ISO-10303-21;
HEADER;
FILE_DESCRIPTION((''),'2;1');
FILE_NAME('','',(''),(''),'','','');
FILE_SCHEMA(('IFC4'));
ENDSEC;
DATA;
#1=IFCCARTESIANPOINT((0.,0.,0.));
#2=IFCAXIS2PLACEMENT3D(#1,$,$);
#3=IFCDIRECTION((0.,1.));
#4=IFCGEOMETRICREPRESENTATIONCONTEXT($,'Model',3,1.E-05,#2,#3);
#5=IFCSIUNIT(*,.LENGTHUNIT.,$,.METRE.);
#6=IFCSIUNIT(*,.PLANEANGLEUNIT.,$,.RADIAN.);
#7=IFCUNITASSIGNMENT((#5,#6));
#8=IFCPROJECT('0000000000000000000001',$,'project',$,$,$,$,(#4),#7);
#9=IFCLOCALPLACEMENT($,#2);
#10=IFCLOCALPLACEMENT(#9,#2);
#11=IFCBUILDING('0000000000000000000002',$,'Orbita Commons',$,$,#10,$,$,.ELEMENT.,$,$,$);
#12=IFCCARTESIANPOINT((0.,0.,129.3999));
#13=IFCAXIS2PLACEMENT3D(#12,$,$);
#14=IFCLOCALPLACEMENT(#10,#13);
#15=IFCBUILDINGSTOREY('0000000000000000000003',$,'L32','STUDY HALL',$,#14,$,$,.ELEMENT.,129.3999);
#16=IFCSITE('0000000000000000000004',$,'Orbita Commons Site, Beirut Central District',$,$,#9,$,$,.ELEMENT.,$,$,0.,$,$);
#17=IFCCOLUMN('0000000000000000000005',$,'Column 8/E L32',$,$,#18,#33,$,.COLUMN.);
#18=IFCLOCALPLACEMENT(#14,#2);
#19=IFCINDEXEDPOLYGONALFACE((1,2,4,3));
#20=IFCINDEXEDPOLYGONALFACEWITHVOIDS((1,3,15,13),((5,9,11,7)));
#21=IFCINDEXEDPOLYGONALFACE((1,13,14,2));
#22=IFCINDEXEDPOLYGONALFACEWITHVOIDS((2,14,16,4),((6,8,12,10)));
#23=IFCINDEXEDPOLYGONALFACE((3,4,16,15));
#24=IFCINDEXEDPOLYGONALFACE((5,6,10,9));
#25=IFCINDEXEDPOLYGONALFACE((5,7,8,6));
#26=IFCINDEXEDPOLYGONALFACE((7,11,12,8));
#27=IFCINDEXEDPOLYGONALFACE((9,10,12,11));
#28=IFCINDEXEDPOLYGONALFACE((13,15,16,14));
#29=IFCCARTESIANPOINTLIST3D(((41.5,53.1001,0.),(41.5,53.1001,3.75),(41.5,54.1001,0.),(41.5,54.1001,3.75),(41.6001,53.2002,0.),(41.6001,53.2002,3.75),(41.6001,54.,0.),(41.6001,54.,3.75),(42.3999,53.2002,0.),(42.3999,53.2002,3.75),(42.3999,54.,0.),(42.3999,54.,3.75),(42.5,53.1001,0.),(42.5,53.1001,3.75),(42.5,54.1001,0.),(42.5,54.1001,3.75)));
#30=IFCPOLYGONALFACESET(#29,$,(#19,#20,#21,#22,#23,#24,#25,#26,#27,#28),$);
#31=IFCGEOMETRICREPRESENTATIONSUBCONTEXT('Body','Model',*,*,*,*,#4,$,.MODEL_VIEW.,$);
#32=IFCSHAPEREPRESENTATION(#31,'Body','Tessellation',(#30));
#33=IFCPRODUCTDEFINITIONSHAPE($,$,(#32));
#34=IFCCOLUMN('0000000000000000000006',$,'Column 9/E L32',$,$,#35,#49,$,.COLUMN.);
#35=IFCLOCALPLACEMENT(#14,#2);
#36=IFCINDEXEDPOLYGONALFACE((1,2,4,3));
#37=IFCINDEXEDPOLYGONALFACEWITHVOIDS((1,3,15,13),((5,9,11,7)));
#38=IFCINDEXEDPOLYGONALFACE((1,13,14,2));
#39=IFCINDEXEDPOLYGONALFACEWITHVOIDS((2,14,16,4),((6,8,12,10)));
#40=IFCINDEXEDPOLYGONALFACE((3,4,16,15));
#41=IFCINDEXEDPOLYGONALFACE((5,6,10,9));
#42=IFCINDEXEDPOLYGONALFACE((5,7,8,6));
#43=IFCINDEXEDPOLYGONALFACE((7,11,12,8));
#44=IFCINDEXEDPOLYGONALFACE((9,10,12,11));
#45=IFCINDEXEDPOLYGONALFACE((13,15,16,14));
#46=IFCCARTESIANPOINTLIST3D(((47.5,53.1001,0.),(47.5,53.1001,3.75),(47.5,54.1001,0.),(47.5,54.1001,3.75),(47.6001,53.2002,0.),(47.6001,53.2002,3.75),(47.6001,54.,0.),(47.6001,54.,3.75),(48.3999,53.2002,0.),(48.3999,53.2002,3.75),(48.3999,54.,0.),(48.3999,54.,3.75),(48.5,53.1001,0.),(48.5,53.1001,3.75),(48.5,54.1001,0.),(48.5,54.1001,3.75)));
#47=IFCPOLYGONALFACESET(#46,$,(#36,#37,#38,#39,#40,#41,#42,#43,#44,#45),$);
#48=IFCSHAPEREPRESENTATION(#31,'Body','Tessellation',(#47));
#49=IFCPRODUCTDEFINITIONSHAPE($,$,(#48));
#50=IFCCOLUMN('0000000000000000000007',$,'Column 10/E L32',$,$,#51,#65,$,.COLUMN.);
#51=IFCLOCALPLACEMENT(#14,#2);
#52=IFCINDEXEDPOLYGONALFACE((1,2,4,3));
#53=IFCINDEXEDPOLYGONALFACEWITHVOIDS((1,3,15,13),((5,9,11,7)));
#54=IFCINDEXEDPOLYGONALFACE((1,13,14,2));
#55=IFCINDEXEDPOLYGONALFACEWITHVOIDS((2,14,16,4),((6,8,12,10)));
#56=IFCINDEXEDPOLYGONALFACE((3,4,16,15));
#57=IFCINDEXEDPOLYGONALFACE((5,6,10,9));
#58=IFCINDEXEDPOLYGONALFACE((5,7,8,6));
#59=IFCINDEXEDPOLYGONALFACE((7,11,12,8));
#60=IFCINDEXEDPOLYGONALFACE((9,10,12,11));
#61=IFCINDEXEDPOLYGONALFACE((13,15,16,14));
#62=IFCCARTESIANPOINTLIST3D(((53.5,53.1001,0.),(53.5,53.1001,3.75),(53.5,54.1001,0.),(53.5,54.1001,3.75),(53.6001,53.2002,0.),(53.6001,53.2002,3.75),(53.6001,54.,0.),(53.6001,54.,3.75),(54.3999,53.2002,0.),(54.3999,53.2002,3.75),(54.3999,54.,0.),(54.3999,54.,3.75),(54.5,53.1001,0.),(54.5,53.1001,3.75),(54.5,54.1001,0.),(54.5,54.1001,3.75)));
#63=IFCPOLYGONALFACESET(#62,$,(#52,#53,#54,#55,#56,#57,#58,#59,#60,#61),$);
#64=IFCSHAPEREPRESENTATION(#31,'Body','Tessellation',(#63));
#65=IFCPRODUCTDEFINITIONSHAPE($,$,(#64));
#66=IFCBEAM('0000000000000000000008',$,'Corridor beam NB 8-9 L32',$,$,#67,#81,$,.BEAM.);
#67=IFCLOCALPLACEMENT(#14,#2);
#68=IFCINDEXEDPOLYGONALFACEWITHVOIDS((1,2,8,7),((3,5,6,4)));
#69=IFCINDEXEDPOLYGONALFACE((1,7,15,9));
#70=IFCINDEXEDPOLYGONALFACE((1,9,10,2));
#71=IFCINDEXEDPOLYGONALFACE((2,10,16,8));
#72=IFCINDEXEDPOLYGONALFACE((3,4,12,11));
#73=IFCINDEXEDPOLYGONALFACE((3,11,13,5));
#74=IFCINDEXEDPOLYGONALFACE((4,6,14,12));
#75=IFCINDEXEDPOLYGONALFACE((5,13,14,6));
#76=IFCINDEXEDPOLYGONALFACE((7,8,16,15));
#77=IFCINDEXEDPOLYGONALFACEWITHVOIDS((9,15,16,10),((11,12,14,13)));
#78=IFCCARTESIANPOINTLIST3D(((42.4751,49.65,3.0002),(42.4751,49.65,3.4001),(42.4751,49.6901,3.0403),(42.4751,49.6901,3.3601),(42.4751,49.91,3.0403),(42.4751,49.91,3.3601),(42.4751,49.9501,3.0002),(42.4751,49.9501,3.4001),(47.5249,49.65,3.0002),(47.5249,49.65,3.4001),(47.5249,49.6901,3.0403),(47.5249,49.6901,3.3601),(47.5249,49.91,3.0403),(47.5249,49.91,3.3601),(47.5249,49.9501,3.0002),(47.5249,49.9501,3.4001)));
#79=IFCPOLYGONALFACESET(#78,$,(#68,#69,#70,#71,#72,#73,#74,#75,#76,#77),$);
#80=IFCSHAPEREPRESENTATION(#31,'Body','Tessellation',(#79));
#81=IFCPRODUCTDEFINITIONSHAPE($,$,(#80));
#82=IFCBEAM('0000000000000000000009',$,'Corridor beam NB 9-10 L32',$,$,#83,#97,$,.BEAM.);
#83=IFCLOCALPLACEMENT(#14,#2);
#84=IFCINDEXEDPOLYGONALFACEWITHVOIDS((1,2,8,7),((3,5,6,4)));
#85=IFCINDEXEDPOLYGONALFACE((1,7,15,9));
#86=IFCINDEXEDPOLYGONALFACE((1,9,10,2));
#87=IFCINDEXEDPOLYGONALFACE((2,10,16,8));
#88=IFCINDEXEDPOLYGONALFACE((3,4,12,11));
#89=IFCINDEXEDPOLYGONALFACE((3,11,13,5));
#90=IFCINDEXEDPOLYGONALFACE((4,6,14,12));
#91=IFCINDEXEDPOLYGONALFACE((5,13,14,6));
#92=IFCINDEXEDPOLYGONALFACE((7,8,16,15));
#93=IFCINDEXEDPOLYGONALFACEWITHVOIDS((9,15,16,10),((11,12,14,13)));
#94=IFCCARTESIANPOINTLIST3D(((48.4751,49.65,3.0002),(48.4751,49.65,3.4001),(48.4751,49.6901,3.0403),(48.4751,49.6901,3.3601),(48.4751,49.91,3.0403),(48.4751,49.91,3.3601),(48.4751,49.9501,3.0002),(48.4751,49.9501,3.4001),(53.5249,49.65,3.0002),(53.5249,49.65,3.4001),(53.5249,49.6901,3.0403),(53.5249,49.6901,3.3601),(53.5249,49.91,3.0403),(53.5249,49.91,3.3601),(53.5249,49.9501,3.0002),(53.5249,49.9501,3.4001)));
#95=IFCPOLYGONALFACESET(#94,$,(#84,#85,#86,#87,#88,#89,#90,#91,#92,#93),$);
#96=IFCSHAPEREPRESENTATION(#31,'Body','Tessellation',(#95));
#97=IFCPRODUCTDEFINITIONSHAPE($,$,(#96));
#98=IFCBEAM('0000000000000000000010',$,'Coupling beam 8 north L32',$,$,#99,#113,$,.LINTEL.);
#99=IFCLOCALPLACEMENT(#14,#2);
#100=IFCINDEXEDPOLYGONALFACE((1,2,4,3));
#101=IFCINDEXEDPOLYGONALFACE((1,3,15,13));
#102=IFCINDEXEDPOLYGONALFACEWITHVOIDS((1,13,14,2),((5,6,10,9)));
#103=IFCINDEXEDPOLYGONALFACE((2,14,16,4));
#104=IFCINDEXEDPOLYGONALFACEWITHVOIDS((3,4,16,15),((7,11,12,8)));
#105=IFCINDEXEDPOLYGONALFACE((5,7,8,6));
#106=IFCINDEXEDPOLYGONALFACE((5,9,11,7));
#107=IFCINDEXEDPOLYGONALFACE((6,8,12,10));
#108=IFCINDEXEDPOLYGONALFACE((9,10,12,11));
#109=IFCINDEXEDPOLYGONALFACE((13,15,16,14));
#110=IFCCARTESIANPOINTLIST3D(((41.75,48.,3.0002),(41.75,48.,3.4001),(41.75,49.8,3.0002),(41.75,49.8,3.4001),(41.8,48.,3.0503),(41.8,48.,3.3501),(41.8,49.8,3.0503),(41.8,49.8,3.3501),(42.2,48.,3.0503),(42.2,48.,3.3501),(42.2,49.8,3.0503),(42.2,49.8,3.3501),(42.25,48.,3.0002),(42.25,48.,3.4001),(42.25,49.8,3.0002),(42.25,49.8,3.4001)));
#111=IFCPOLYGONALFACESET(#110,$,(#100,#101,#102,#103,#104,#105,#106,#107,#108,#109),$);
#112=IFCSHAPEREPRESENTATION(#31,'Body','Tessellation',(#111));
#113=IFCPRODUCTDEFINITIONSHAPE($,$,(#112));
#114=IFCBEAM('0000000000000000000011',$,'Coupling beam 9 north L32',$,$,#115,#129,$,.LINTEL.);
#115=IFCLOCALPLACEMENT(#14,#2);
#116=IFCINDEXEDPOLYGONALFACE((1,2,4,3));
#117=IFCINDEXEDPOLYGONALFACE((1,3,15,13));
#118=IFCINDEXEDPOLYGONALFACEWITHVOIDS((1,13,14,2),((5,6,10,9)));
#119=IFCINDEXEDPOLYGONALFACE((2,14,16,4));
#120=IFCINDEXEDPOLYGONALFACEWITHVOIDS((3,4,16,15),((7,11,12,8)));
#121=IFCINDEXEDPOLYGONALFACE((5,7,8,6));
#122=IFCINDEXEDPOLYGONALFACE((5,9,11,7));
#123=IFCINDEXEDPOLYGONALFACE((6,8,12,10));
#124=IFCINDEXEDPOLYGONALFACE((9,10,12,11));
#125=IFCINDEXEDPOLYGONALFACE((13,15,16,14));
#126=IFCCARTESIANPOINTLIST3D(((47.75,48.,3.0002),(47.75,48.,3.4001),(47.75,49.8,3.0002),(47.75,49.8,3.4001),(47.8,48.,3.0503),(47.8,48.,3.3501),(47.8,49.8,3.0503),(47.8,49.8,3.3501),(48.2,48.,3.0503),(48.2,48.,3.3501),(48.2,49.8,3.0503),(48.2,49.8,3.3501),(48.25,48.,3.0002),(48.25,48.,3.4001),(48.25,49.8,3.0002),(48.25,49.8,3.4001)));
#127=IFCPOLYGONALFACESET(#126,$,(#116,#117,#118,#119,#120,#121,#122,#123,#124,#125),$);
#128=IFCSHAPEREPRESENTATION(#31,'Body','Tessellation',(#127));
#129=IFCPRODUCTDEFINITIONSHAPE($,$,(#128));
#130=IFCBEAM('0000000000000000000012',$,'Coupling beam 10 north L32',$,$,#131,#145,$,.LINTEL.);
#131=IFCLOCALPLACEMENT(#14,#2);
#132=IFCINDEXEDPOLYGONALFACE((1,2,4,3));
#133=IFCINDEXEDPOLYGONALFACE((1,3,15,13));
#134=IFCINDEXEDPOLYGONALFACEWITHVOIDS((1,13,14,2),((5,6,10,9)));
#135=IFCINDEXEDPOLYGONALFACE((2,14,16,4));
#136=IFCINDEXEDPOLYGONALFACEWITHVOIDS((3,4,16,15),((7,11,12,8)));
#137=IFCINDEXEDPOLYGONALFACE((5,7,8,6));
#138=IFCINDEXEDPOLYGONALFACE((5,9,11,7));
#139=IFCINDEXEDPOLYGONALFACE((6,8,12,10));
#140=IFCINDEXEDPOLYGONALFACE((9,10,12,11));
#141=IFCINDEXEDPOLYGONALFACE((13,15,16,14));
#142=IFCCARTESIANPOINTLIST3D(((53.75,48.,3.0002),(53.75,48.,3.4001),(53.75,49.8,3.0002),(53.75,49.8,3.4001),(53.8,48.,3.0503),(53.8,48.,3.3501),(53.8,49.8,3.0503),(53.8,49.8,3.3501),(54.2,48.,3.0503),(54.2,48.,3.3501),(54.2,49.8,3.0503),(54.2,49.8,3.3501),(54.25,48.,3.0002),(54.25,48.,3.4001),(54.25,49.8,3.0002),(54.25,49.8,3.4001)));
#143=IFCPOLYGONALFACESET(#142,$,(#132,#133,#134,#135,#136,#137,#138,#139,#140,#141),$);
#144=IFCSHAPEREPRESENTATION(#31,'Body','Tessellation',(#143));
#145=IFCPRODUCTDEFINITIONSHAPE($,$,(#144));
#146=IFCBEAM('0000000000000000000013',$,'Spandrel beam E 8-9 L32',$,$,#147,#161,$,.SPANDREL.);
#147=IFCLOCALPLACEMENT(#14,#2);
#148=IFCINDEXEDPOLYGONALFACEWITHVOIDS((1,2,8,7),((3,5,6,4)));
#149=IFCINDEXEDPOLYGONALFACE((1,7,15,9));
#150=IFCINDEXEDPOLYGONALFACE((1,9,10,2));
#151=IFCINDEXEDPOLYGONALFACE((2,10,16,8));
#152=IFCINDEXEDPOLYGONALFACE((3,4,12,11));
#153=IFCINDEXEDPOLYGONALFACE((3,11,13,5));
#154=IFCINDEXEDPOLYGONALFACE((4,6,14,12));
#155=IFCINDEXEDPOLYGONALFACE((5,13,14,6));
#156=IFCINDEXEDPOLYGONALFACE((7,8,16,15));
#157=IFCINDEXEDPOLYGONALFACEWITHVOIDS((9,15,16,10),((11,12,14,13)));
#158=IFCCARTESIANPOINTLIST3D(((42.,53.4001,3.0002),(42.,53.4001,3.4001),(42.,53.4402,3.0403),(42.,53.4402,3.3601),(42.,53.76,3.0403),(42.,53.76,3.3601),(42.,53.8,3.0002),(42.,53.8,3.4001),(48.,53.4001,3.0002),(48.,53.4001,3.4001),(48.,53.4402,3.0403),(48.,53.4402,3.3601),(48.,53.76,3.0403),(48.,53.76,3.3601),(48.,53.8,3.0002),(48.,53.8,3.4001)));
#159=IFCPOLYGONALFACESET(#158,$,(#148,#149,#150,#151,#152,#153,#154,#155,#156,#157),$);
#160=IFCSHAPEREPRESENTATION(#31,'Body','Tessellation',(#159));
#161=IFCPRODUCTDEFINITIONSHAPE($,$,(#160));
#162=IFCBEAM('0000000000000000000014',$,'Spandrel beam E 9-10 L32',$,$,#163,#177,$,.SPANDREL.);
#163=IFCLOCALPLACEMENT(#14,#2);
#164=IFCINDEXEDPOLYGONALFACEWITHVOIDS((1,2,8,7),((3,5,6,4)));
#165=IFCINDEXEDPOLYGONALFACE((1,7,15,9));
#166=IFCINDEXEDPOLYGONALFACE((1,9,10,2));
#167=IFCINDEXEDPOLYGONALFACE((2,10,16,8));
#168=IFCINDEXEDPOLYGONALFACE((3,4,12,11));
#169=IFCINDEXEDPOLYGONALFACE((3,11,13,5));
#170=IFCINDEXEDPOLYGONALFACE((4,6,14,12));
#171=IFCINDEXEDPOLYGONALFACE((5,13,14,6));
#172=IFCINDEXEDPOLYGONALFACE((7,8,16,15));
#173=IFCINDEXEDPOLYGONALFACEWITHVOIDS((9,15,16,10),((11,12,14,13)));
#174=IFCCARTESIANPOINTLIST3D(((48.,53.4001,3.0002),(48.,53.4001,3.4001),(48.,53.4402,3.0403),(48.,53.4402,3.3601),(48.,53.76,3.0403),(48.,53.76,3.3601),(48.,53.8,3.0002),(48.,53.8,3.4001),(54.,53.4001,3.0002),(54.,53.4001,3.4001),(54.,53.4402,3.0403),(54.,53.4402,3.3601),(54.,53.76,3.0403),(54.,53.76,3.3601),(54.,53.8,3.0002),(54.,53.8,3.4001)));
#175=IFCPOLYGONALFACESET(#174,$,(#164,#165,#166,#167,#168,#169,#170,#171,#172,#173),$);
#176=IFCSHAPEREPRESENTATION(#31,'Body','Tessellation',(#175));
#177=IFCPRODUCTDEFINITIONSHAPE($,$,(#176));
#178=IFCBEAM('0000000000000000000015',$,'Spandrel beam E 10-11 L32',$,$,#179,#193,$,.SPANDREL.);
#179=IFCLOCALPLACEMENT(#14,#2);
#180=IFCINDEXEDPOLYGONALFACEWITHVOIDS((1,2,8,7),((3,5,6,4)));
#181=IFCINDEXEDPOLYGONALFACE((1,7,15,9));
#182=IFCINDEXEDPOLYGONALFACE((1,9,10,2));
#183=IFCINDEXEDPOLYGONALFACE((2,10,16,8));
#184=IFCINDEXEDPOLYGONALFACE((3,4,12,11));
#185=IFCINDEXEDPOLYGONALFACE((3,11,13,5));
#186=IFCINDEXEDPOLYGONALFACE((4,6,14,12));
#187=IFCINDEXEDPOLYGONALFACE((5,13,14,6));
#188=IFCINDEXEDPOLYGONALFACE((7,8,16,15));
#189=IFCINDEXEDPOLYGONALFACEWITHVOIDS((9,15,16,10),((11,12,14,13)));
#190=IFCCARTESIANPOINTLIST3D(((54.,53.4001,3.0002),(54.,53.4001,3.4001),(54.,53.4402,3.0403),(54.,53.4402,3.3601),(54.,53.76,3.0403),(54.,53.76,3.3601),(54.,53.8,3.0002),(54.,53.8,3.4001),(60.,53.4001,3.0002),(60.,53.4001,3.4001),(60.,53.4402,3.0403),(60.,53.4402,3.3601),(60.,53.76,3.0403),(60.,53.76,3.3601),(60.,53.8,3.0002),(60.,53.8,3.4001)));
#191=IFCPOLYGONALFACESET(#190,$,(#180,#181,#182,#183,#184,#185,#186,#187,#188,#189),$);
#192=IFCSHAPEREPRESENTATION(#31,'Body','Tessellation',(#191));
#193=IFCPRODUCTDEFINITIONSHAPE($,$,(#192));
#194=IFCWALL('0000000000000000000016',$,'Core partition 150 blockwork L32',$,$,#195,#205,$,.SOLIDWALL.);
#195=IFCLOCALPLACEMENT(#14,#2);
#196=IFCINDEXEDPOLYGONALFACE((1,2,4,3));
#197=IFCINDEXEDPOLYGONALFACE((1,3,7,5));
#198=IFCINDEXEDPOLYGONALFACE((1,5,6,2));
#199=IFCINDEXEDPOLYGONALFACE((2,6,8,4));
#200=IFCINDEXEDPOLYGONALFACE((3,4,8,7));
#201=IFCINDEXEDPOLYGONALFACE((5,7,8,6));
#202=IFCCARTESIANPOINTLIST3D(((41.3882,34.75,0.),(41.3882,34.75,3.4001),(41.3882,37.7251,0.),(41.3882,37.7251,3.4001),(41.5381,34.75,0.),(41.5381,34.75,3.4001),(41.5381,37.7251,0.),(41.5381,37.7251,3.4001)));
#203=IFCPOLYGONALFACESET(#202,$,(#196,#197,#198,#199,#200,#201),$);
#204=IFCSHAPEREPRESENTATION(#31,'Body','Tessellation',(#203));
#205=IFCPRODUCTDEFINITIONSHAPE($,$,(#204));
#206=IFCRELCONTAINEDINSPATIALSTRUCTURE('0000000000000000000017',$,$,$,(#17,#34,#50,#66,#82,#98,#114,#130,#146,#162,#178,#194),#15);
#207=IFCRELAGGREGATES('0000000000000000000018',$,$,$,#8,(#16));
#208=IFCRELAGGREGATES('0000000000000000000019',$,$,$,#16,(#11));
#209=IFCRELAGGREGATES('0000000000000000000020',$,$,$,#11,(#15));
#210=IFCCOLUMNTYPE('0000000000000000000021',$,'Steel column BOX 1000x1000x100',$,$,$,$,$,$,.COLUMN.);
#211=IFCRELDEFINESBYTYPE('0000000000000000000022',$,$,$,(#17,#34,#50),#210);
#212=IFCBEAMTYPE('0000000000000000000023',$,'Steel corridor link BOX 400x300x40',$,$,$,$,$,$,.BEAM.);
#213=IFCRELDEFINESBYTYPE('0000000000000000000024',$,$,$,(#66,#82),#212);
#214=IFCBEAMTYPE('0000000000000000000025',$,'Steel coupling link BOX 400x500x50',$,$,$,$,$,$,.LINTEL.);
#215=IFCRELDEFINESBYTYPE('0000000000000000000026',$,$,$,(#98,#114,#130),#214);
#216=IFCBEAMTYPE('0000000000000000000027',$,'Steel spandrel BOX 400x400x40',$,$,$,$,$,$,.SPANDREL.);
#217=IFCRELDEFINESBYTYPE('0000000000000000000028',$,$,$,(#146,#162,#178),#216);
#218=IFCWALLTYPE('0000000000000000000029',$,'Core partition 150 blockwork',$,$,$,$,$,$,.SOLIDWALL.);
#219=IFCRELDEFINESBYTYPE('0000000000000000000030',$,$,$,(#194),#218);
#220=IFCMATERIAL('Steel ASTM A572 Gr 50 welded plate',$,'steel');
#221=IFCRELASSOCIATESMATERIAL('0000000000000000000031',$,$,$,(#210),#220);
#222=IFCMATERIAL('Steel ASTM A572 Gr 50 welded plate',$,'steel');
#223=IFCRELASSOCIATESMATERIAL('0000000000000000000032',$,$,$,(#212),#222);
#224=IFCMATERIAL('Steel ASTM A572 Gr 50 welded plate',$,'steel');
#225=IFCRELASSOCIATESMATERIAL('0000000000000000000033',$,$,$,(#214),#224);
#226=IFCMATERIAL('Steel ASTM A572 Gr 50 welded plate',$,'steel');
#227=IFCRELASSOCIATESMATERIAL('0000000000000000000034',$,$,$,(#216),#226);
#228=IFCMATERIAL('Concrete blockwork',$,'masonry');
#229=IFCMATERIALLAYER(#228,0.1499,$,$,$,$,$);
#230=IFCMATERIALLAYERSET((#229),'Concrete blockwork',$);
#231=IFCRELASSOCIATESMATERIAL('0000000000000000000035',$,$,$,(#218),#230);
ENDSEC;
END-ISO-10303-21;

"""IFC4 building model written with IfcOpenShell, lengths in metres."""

from ifc_helpers import new_model, si_unit, direction, frame, frame_2d, origin, origin_2d, place, context, subcontext, project, spatial, rectangle, hollow_rectangle, extrude, material, layer, layer_set, material_profile, profile_set, type_object, element, save


model = new_model("IFC4")

# Units and contexts
model_context = context("Model", 3, precision=1e-05, world=origin(), true_north=direction((0.0, 1.0)))
body_context = subcontext(model_context, "Body", "Model", "MODEL_VIEW")
ifc_project = project(units=[si_unit("LENGTHUNIT", "METRE"), si_unit("PLANEANGLEUNIT", "RADIAN")], contexts=[model_context])

# Site, building, storey
site_placement = place(None, origin())
site = spatial("IfcSite", under=ifc_project, at=site_placement, Name="Orbita Commons Site, Beirut Central District", CompositionType="ELEMENT", RefElevation=0.0)
building_placement = place(site_placement, origin())
building = spatial("IfcBuilding", under=site, at=building_placement, Name="Orbita Commons", CompositionType="ELEMENT")
storey_placement = place(building_placement, frame((0.0, 0.0, 129.3999)))
storey = spatial("IfcBuildingStorey", under=building, at=storey_placement, Name="L32", Description="STUDY HALL", CompositionType="ELEMENT", Elevation=129.3999)

# Columns
ifc_material_1 = material(Name="Steel ASTM A572 Gr 50 welded plate", Category="steel")
ifc_material_profile_1 = material_profile(ifc_material_1, hollow_rectangle(XDim=1.0, YDim=1.0, WallThickness=0.1001, at=origin_2d()), Name="BOX 1000x1000x100")
ifc_profile_set_1 = profile_set([ifc_material_profile_1], Name="Steel ASTM A572 Gr 50 welded plate")
column_type = type_object("IfcColumnType", Name="Steel column BOX 1000x1000x100", PredefinedType="COLUMN", material=ifc_profile_set_1)
for number, where, z_axis, x_axis, name in (
    (1, (42.0, 53.6001, 0.0), (0.0, 0.0, 1.0), (1.0, 0.0, 0.0), "Column 8/E L32"),
    (2, (48.0, 53.6001, 0.0), (0.0, 0.0, 1.0), (1.0, 0.0, 0.0), "Column 9/E L32"),
    (3, (54.0, 53.6001, 0.0), (0.0, 0.0, 1.0), (1.0, 0.0, 0.0), "Column 10/E L32"),
):
    element("IfcColumn", number, at=place(storey_placement, frame(where, z_axis=z_axis, x_axis=x_axis)), inside=storey, type_object=column_type, Name=name, PredefinedType="COLUMN", context=body_context, shape_type="SweptSolid", body=[
        extrude(hollow_rectangle(XDim=1.0, YDim=1.0, WallThickness=0.1001, at=origin_2d()), origin(), (0.0, 0.0, 1.0), 3.75),
    ])

# Beams
ifc_material_2 = material(Name="Steel ASTM A572 Gr 50 welded plate", Category="steel")
ifc_material_profile_2 = material_profile(ifc_material_2, hollow_rectangle(XDim=0.3, YDim=0.3999, WallThickness=0.04, at=origin_2d()), Name="BOX 400x300x40")
ifc_profile_set_2 = profile_set([ifc_material_profile_2], Name="Steel ASTM A572 Gr 50 welded plate")
beam_type_1 = type_object("IfcBeamType", Name="Steel corridor link BOX 400x300x40", PredefinedType="BEAM", material=ifc_profile_set_2)
for number, where, z_axis, x_axis, name in (
    (4, (42.4751, 49.8, 3.2002), (1.0, 0.0, 0.0), (0.0, 1.0, 0.0), "Corridor beam NB 8-9 L32"),
    (5, (48.4751, 49.8, 3.2002), (1.0, 0.0, 0.0), (0.0, 1.0, 0.0), "Corridor beam NB 9-10 L32"),
):
    element("IfcBeam", number, at=place(storey_placement, frame(where, z_axis=z_axis, x_axis=x_axis)), inside=storey, type_object=beam_type_1, Name=name, PredefinedType="BEAM", context=body_context, shape_type="SweptSolid", body=[
        extrude(hollow_rectangle(XDim=0.3, YDim=0.3999, WallThickness=0.04, at=origin_2d()), origin(), (0.0, 0.0, 1.0), 5.0498),
    ])
ifc_material_3 = material(Name="Steel ASTM A572 Gr 50 welded plate", Category="steel")
ifc_material_profile_3 = material_profile(ifc_material_3, hollow_rectangle(XDim=0.5, YDim=0.3999, WallThickness=0.05, at=origin_2d()), Name="BOX 400x500x50")
ifc_profile_set_3 = profile_set([ifc_material_profile_3], Name="Steel ASTM A572 Gr 50 welded plate")
beam_type_2 = type_object("IfcBeamType", Name="Steel coupling link BOX 400x500x50", PredefinedType="LINTEL", material=ifc_profile_set_3)
for number, where, z_axis, x_axis, name in (
    (6, (42.0, 48.0, 3.2002), (0.0, 1.0, 0.0), (-1.0, 0.0, 0.0), "Coupling beam 8 north L32"),
    (7, (48.0, 48.0, 3.2002), (0.0, 1.0, 0.0), (-1.0, 0.0, 0.0), "Coupling beam 9 north L32"),
    (8, (54.0, 48.0, 3.2002), (0.0, 1.0, 0.0), (-1.0, 0.0, 0.0), "Coupling beam 10 north L32"),
):
    element("IfcBeam", number, at=place(storey_placement, frame(where, z_axis=z_axis, x_axis=x_axis)), inside=storey, type_object=beam_type_2, Name=name, PredefinedType="LINTEL", context=body_context, shape_type="SweptSolid", body=[
        extrude(hollow_rectangle(XDim=0.5, YDim=0.3999, WallThickness=0.05, at=origin_2d()), origin(), (0.0, 0.0, 1.0), 1.8),
    ])
ifc_material_4 = material(Name="Steel ASTM A572 Gr 50 welded plate", Category="steel")
ifc_material_profile_4 = material_profile(ifc_material_4, hollow_rectangle(XDim=0.3999, YDim=0.3999, WallThickness=0.04, at=origin_2d()), Name="BOX 400x400x40")
ifc_profile_set_4 = profile_set([ifc_material_profile_4], Name="Steel ASTM A572 Gr 50 welded plate")
beam_type_3 = type_object("IfcBeamType", Name="Steel spandrel BOX 400x400x40", PredefinedType="SPANDREL", material=ifc_profile_set_4)
for number, where, z_axis, x_axis, name in (
    (9, (42.0, 53.6001, 3.2002), (1.0, 0.0, 0.0), (0.0, 1.0, 0.0), "Spandrel beam E 8-9 L32"),
    (10, (48.0, 53.6001, 3.2002), (1.0, 0.0, 0.0), (0.0, 1.0, 0.0), "Spandrel beam E 9-10 L32"),
    (11, (54.0, 53.6001, 3.2002), (1.0, 0.0, 0.0), (0.0, 1.0, 0.0), "Spandrel beam E 10-11 L32"),
):
    element("IfcBeam", number, at=place(storey_placement, frame(where, z_axis=z_axis, x_axis=x_axis)), inside=storey, type_object=beam_type_3, Name=name, PredefinedType="SPANDREL", context=body_context, shape_type="SweptSolid", body=[
        extrude(hollow_rectangle(XDim=0.3999, YDim=0.3999, WallThickness=0.04, at=origin_2d()), origin(), (0.0, 0.0, 1.0), 6.0),
    ])

# Wall
ifc_material_5 = material(Name="Concrete blockwork", Category="masonry")
ifc_layer_1 = layer(ifc_material_5, 0.1499)
ifc_layer_set_1 = layer_set([ifc_layer_1], Name="Concrete blockwork")
wall_type_1 = type_object("IfcWallType", Name="Core partition 150 blockwork", PredefinedType="SOLIDWALL", material=ifc_layer_set_1)
for number, where, z_axis, x_axis, name in (
    (12, (41.4631, 34.75, 0.0), (0.0, 0.0, 1.0), (0.0, 1.0, 0.0), "Core partition 150 blockwork L32"),
):
    element("IfcWall", number, at=place(storey_placement, frame(where, z_axis=z_axis, x_axis=x_axis)), inside=storey, type_object=wall_type_1, Name=name, PredefinedType="SOLIDWALL", context=body_context, shape_type="SweptSolid", body=[
        extrude(rectangle(XDim=2.9751, YDim=0.1499, at=frame_2d((1.4875, 0.0))), origin(), (0.0, 0.0, 1.0), 3.4001),
    ])

save(model, "model.ifc")
